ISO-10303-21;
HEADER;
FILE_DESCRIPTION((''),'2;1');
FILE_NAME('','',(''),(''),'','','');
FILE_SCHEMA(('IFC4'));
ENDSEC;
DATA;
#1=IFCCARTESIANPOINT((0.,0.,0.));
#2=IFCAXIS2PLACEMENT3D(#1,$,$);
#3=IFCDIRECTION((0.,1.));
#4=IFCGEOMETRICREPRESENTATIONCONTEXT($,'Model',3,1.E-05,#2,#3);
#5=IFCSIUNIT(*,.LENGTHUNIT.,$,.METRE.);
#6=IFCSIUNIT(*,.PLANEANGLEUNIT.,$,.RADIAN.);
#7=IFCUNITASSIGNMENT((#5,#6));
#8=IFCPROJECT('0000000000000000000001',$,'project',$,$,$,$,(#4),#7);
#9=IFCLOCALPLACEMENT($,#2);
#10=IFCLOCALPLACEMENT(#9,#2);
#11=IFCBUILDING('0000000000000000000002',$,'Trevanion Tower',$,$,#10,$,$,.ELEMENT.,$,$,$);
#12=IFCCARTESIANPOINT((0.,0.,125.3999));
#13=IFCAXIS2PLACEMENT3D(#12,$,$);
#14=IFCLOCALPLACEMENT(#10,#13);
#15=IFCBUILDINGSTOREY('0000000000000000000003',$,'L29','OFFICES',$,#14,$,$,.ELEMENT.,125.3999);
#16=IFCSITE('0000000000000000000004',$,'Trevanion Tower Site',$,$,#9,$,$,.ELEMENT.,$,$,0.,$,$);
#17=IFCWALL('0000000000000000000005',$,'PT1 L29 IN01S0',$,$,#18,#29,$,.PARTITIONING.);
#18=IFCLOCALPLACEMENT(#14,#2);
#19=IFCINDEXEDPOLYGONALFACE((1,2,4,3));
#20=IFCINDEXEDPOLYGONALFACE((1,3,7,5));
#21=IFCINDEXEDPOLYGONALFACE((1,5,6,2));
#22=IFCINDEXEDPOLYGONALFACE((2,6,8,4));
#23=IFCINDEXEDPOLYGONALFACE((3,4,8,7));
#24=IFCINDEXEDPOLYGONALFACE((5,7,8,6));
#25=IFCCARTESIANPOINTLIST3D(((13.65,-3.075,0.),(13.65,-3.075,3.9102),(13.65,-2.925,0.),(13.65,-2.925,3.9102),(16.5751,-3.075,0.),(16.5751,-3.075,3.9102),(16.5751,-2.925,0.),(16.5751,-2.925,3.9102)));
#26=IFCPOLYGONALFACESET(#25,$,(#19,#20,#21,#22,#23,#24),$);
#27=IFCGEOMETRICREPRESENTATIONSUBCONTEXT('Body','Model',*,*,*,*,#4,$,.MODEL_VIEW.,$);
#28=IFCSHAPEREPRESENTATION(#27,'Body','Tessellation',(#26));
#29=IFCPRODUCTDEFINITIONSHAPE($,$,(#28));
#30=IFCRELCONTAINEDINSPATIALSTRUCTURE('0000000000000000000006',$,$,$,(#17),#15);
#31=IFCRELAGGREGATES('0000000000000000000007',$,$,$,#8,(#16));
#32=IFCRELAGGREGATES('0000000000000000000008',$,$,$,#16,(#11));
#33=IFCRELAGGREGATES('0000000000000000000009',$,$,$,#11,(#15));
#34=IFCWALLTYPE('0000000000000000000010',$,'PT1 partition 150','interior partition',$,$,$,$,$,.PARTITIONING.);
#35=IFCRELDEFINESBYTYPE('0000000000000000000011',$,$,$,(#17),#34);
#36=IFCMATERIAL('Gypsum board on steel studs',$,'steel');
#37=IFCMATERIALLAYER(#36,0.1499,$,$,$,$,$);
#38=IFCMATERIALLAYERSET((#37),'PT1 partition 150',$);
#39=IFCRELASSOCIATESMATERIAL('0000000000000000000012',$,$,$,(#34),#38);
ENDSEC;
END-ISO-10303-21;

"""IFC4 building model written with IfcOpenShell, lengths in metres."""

from ifc_helpers import new_model, si_unit, direction, frame, frame_2d, origin, place, context, subcontext, project, spatial, rectangle, extrude, material, layer, layer_set, type_object, element, save


model = new_model("IFC4")

# Units and contexts
model_context = context("Model", 3, precision=1e-05, world=origin(), true_north=direction((0.0, 1.0)))
body_context = subcontext(model_context, "Body", "Model", "MODEL_VIEW")
ifc_project = project(units=[si_unit("LENGTHUNIT", "METRE"), si_unit("PLANEANGLEUNIT", "RADIAN")], contexts=[model_context])

# Site, building, storey
site_placement = place(None, origin())
site = spatial("IfcSite", under=ifc_project, at=site_placement, Name="Trevanion Tower Site", CompositionType="ELEMENT", RefElevation=0.0)
building_placement = place(site_placement, origin())
building = spatial("IfcBuilding", under=site, at=building_placement, Name="Trevanion Tower", CompositionType="ELEMENT")
storey_placement = place(building_placement, frame((0.0, 0.0, 125.3999)))
storey = spatial("IfcBuildingStorey", under=building, at=storey_placement, Name="L29", Description="OFFICES", CompositionType="ELEMENT", Elevation=125.3999)

# Shared definitions
ifc_material_1 = material(Name="Gypsum board on steel studs", Category="steel")
ifc_layer_1 = layer(ifc_material_1, 0.1499)
ifc_layer_set_1 = layer_set([ifc_layer_1], Name="PT1 partition 150")
wall_type = type_object("IfcWallType", Name="PT1 partition 150", Description="interior partition", PredefinedType="PARTITIONING", material=ifc_layer_set_1)

# Wall
wall_1_placement = place(storey_placement, frame((16.575, -3.0, 0.0), z_axis=(0.0, 0.0, 1.0), x_axis=(-1.0, 0.0, 0.0)))
element("IfcWall", 1, at=wall_1_placement, inside=storey, type_object=wall_type, Name="PT1 L29 IN01S0", PredefinedType="PARTITIONING", context=body_context, shape_type="SweptSolid", body=[
    extrude(rectangle(XDim=2.925, YDim=0.1499, at=frame_2d((1.4624, 0.0))), origin(), (0.0, 0.0, 1.0), 3.9102),
])

save(model, "model.ifc")
